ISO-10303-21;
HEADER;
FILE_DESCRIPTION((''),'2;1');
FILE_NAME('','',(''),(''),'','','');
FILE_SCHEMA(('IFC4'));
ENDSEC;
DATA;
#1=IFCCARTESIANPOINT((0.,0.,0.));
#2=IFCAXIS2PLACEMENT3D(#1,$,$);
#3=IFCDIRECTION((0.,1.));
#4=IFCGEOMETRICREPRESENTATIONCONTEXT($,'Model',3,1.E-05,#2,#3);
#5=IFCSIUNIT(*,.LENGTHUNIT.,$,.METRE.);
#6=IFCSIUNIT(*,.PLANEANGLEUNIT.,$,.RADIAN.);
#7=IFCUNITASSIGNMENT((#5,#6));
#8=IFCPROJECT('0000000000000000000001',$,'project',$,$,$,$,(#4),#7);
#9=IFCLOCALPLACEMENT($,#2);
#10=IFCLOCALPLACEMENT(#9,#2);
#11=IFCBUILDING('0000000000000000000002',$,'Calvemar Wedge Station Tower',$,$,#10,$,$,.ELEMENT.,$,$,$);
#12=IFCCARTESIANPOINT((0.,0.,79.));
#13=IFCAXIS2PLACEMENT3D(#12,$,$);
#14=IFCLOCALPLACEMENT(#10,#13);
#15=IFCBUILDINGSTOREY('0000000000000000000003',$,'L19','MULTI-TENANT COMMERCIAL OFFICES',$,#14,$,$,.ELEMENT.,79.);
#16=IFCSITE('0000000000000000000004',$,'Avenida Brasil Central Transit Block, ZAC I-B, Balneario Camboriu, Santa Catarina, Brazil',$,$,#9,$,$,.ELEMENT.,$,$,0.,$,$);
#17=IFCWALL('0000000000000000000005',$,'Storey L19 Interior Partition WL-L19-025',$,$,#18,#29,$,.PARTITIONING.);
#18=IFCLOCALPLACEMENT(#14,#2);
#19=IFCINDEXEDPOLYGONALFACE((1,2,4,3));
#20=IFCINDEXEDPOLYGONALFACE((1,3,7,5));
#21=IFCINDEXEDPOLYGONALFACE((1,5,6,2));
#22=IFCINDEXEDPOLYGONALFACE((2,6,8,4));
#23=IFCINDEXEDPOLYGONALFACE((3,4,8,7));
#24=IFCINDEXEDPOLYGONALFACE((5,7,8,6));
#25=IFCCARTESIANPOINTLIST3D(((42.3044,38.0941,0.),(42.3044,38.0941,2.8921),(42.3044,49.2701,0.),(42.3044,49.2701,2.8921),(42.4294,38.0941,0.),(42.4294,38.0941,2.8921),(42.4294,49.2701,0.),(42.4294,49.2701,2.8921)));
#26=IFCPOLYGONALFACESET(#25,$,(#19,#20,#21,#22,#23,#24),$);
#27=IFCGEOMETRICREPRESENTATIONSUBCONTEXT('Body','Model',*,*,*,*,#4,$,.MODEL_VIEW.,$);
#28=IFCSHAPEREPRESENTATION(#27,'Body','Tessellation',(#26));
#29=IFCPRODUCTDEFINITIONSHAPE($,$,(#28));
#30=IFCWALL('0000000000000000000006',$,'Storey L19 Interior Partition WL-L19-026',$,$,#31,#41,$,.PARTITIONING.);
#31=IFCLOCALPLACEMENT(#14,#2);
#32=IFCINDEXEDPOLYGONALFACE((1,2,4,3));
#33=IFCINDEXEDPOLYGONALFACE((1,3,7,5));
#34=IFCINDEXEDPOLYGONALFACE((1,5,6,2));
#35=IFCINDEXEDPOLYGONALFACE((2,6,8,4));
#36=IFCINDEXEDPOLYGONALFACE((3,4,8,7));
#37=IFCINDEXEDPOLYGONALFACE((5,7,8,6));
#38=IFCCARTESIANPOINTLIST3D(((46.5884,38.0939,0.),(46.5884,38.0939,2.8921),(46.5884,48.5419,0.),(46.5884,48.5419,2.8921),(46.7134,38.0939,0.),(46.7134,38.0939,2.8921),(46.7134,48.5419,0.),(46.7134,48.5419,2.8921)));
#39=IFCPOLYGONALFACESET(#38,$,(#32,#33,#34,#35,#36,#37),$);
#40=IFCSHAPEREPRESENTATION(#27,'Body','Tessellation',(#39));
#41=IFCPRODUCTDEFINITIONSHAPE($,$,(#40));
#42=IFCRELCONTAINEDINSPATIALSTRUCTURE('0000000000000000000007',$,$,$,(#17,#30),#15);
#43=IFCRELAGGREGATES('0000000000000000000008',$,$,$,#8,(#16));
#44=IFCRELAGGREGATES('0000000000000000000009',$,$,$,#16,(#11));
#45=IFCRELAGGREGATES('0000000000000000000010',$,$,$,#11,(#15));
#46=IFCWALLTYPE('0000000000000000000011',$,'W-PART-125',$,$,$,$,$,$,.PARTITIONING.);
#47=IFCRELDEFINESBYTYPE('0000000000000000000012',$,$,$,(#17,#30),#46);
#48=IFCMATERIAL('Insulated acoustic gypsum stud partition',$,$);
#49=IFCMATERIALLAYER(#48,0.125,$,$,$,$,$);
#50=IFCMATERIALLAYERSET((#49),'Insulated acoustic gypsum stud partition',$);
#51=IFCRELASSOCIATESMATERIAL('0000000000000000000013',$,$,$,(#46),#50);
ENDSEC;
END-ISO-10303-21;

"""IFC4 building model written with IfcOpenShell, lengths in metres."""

from ifc_helpers import new_model, si_unit, direction, frame, frame_2d, origin, place, context, subcontext, project, spatial, rectangle, extrude, material, layer, layer_set, type_object, element, save


model = new_model("IFC4")

# Units and contexts
model_context = context("Model", 3, precision=1e-05, world=origin(), true_north=direction((0.0, 1.0)))
body_context = subcontext(model_context, "Body", "Model", "MODEL_VIEW")
ifc_project = project(units=[si_unit("LENGTHUNIT", "METRE"), si_unit("PLANEANGLEUNIT", "RADIAN")], contexts=[model_context])

# Site, building, storey
site_placement = place(None, origin())
site = spatial("IfcSite", under=ifc_project, at=site_placement, Name="Avenida Brasil Central Transit Block, ZAC I-B, Balneario Camboriu, Santa Catarina, Brazil", CompositionType="ELEMENT", RefElevation=0.0)
building_placement = place(site_placement, origin())
building = spatial("IfcBuilding", under=site, at=building_placement, Name="Calvemar Wedge Station Tower", CompositionType="ELEMENT")
storey_placement = place(building_placement, frame((0.0, 0.0, 79.0)))
storey = spatial("IfcBuildingStorey", under=building, at=storey_placement, Name="L19", Description="MULTI-TENANT COMMERCIAL OFFICES", CompositionType="ELEMENT", Elevation=79.0)

# Walls
ifc_material_1 = material(Name="Insulated acoustic gypsum stud partition")
ifc_layer_1 = layer(ifc_material_1, 0.125)
ifc_layer_set_1 = layer_set([ifc_layer_1], Name="Insulated acoustic gypsum stud partition")
wall_type_1 = type_object("IfcWallType", Name="W-PART-125", PredefinedType="PARTITIONING", material=ifc_layer_set_1)
wall_1_placement = place(storey_placement, frame((42.3669, 49.27, 0.0), z_axis=(0.0, 0.0, 1.0), x_axis=(0.0, -1.0, 0.0)))
element("IfcWall", 1, at=wall_1_placement, inside=storey, type_object=wall_type_1, Name="Storey L19 Interior Partition WL-L19-025", PredefinedType="PARTITIONING", context=body_context, shape_type="SweptSolid", body=[
    extrude(rectangle(XDim=11.176, YDim=0.125, at=frame_2d((5.5879, 0.0))), origin(), (0.0, 0.0, 1.0), 2.8921),
])
wall_2_placement = place(storey_placement, frame((46.6509, 48.542, 0.0), z_axis=(0.0, 0.0, 1.0), x_axis=(0.0, -1.0, 0.0)))
element("IfcWall", 2, at=wall_2_placement, inside=storey, type_object=wall_type_1, Name="Storey L19 Interior Partition WL-L19-026", PredefinedType="PARTITIONING", context=body_context, shape_type="SweptSolid", body=[
    extrude(rectangle(XDim=10.448, YDim=0.125, at=frame_2d((5.2241, 0.0))), origin(), (0.0, 0.0, 1.0), 2.8921),
])

save(model, "model.ifc")
